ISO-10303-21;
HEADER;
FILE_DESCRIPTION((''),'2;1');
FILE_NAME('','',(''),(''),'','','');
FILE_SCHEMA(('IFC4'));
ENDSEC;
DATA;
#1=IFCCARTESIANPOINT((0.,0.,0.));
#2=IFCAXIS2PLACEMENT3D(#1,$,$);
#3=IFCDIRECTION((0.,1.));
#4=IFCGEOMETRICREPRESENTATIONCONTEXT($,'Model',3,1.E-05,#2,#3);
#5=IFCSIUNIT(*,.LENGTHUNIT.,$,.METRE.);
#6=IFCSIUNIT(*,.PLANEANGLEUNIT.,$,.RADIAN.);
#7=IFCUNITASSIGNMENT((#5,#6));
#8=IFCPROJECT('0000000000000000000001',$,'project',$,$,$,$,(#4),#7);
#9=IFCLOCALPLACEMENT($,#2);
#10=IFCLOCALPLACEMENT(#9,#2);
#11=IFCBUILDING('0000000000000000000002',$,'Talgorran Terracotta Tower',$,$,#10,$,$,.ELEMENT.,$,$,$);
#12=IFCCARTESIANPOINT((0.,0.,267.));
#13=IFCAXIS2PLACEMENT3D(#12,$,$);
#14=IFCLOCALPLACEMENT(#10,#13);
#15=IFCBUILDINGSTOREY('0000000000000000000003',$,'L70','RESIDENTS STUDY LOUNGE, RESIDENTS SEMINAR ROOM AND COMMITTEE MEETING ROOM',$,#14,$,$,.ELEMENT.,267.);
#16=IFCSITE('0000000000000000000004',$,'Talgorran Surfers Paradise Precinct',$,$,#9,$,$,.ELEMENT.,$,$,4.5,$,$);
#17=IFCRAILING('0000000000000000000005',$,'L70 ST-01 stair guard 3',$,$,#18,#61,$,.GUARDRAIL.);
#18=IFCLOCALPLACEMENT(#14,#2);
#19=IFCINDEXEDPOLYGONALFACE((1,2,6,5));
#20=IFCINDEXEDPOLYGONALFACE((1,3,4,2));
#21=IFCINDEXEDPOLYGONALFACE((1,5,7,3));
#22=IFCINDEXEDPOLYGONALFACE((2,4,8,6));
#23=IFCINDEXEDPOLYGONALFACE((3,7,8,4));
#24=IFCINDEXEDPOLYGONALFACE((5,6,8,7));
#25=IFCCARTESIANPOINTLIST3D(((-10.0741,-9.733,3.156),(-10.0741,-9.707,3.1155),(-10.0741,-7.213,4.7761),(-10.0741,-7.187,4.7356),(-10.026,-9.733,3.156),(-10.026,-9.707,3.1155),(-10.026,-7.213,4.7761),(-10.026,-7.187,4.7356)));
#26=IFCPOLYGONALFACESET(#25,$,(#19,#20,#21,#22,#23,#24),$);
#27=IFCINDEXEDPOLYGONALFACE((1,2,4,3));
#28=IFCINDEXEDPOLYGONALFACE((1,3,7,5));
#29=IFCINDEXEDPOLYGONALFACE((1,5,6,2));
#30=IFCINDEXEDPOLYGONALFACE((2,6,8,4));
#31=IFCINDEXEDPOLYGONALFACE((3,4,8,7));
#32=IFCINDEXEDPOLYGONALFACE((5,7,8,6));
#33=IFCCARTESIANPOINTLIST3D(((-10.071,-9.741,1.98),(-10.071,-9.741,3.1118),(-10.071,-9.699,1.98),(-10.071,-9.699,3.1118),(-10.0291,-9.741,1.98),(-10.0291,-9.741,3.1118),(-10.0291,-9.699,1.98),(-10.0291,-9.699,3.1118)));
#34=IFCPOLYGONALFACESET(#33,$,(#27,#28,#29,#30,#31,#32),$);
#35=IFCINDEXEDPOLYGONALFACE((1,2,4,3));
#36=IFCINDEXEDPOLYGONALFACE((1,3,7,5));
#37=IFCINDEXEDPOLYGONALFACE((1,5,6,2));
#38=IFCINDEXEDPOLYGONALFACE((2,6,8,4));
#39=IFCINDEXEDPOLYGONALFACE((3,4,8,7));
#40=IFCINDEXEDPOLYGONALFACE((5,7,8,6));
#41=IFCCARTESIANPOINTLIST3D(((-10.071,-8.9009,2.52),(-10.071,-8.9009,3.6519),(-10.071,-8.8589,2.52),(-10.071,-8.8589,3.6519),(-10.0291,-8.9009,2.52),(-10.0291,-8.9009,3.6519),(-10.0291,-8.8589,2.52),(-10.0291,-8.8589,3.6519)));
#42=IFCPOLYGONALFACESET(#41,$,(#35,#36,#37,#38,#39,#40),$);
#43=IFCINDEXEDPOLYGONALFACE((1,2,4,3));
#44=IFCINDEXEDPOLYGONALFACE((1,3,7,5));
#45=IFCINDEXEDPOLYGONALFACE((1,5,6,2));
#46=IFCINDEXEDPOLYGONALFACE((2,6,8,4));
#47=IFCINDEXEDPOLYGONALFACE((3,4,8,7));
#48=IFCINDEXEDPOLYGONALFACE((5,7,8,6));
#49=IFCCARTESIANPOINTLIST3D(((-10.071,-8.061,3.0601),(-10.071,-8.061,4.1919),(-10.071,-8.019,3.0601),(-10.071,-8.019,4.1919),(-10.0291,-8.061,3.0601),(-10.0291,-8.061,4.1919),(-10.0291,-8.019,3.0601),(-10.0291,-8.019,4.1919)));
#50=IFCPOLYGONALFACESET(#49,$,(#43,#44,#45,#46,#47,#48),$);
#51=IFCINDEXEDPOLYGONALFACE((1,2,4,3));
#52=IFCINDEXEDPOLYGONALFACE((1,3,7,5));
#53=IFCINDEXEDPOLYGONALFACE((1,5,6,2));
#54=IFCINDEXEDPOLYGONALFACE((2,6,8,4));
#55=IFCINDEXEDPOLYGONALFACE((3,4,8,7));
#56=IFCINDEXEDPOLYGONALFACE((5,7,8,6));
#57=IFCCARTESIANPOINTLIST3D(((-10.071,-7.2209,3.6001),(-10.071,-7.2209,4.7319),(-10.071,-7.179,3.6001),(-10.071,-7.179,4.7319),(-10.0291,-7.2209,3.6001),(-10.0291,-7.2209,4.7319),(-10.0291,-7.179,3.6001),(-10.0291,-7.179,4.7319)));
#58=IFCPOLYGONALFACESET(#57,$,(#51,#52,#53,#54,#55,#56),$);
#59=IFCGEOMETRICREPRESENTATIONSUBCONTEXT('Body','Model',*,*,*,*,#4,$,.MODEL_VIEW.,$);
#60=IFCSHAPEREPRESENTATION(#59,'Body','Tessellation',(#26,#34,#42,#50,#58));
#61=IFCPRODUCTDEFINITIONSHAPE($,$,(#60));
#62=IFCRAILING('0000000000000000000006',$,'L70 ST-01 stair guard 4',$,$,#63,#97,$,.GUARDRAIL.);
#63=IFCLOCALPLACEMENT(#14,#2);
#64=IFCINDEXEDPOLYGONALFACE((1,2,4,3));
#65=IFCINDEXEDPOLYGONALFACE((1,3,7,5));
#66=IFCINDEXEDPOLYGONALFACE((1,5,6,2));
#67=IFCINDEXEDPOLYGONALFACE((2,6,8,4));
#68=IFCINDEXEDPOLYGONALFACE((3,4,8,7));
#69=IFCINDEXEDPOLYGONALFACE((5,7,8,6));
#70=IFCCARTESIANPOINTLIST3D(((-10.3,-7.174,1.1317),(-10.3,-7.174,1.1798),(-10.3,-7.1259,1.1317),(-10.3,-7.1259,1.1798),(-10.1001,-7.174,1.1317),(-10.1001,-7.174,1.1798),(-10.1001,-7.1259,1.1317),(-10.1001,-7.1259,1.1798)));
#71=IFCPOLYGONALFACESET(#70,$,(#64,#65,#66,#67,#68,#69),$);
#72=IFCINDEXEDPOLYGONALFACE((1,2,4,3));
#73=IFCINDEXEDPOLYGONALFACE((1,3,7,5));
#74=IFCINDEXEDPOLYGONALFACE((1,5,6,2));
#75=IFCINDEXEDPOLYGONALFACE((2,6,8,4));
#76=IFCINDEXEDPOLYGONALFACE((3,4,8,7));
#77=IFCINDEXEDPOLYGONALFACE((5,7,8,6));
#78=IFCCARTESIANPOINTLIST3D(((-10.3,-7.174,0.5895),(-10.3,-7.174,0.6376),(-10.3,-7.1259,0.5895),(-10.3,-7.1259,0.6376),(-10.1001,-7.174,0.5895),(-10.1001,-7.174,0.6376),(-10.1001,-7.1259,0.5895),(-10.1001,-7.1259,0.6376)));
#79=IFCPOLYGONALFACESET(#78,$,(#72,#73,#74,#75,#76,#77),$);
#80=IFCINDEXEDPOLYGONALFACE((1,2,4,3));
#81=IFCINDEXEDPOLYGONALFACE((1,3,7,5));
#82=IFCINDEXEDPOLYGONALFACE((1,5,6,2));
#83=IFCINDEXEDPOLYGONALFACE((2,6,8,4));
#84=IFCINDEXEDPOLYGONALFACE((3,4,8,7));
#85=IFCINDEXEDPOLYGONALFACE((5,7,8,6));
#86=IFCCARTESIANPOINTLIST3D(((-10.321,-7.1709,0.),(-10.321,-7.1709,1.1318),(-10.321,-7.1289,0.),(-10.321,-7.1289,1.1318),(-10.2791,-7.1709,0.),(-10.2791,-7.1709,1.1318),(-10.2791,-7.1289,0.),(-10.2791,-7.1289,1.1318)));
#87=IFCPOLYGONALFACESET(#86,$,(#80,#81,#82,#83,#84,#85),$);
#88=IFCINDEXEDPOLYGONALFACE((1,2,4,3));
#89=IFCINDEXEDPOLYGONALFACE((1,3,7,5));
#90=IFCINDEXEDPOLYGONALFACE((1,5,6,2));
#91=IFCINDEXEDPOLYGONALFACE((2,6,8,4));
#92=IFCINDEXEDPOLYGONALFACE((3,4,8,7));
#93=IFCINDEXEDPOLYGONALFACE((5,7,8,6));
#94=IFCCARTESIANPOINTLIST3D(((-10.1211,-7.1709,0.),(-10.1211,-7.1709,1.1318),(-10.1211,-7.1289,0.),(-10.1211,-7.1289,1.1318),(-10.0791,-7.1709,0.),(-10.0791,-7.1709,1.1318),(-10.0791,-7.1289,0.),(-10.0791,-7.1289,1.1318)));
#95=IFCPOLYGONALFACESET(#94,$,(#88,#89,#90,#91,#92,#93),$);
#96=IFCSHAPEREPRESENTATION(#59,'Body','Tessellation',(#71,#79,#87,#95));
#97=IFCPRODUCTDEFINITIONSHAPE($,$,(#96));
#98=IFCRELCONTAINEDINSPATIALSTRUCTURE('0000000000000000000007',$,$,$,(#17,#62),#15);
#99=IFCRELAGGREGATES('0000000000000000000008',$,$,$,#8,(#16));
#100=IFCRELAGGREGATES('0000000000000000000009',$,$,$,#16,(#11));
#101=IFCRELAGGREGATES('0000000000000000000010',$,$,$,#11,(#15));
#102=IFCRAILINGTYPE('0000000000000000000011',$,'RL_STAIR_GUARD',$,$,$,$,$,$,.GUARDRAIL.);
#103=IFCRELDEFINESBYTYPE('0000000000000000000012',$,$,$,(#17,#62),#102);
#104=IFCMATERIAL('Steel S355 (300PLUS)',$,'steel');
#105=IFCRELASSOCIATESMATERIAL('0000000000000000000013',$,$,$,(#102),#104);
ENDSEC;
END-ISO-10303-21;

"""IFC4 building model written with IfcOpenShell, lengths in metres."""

from ifc_helpers import new_model, si_unit, direction, frame, origin, origin_2d, place, context, subcontext, project, spatial, rectangle, extrude, material, type_object, element, save


model = new_model("IFC4")

# Units and contexts
model_context = context("Model", 3, precision=1e-05, world=origin(), true_north=direction((0.0, 1.0)))
body_context = subcontext(model_context, "Body", "Model", "MODEL_VIEW")
ifc_project = project(units=[si_unit("LENGTHUNIT", "METRE"), si_unit("PLANEANGLEUNIT", "RADIAN")], contexts=[model_context])

# Site, building, storey
site_placement = place(None, origin())
site = spatial("IfcSite", under=ifc_project, at=site_placement, Name="Talgorran Surfers Paradise Precinct", CompositionType="ELEMENT", RefElevation=4.5)
building_placement = place(site_placement, origin())
building = spatial("IfcBuilding", under=site, at=building_placement, Name="Talgorran Terracotta Tower", CompositionType="ELEMENT")
storey_placement = place(building_placement, frame((0.0, 0.0, 267.0)))
storey = spatial("IfcBuildingStorey", under=building, at=storey_placement, Name="L70", Description="RESIDENTS STUDY LOUNGE, RESIDENTS SEMINAR ROOM AND COMMITTEE MEETING ROOM", CompositionType="ELEMENT", Elevation=267.0)

# Shared definitions
ifc_material_1 = material(Name="Steel S355 (300PLUS)", Category="steel")

# Railings
railing_type_1 = type_object("IfcRailingType", Name="RL_STAIR_GUARD", PredefinedType="GUARDRAIL", material=ifc_material_1)
railing_1_placement = place(storey_placement, frame((-10.05, -9.72, 1.98)))
element("IfcRailing", 1, at=railing_1_placement, inside=storey, type_object=railing_type_1, Name="L70 ST-01 stair guard 3", PredefinedType="GUARDRAIL", context=body_context, shape_type="SweptSolid", body=[
    extrude(rectangle(XDim=0.0481, YDim=0.0481, at=origin_2d()), frame((0.0, 0.0, 1.1558), z_axis=(0.0, 0.841163, 0.540782), x_axis=(-1.0, 0.0, 0.0)), (0.0, 0.0, 1.0), 2.9958),
    extrude(rectangle(XDim=0.042, YDim=0.042, at=origin_2d()), origin(), (0.0, 0.0, 1.0), 1.1318),
    extrude(rectangle(XDim=0.042, YDim=0.042, at=origin_2d()), frame((0.0, 0.8401, 0.54)), (0.0, 0.0, 1.0), 1.1318),
    extrude(rectangle(XDim=0.042, YDim=0.042, at=origin_2d()), frame((0.0, 1.6799, 1.0801)), (0.0, 0.0, 1.0), 1.1318),
    extrude(rectangle(XDim=0.042, YDim=0.042, at=origin_2d()), frame((0.0, 2.52, 1.6201)), (0.0, 0.0, 1.0), 1.1318),
])
railing_2_placement = place(storey_placement, frame((-10.3, -7.1499, 0.0)))
element("IfcRailing", 2, at=railing_2_placement, inside=storey, type_object=railing_type_1, Name="L70 ST-01 stair guard 4", PredefinedType="GUARDRAIL", context=body_context, shape_type="SweptSolid", body=[
    extrude(rectangle(XDim=0.0481, YDim=0.0481, at=origin_2d()), frame((0.0, 0.0, 1.1558), z_axis=(1.0, 0.0, 0.0), x_axis=(0.0, 1.0, 0.0)), (0.0, 0.0, 1.0), 0.2),
    extrude(rectangle(XDim=0.0481, YDim=0.0481, at=origin_2d()), frame((0.0, 0.0, 0.6135), z_axis=(1.0, 0.0, 0.0), x_axis=(0.0, 1.0, 0.0)), (0.0, 0.0, 1.0), 0.2),
    extrude(rectangle(XDim=0.042, YDim=0.042, at=origin_2d()), origin(), (0.0, 0.0, 1.0), 1.1318),
    extrude(rectangle(XDim=0.042, YDim=0.042, at=origin_2d()), frame((0.2, 0.0, 0.0)), (0.0, 0.0, 1.0), 1.1318),
])

save(model, "model.ifc")
